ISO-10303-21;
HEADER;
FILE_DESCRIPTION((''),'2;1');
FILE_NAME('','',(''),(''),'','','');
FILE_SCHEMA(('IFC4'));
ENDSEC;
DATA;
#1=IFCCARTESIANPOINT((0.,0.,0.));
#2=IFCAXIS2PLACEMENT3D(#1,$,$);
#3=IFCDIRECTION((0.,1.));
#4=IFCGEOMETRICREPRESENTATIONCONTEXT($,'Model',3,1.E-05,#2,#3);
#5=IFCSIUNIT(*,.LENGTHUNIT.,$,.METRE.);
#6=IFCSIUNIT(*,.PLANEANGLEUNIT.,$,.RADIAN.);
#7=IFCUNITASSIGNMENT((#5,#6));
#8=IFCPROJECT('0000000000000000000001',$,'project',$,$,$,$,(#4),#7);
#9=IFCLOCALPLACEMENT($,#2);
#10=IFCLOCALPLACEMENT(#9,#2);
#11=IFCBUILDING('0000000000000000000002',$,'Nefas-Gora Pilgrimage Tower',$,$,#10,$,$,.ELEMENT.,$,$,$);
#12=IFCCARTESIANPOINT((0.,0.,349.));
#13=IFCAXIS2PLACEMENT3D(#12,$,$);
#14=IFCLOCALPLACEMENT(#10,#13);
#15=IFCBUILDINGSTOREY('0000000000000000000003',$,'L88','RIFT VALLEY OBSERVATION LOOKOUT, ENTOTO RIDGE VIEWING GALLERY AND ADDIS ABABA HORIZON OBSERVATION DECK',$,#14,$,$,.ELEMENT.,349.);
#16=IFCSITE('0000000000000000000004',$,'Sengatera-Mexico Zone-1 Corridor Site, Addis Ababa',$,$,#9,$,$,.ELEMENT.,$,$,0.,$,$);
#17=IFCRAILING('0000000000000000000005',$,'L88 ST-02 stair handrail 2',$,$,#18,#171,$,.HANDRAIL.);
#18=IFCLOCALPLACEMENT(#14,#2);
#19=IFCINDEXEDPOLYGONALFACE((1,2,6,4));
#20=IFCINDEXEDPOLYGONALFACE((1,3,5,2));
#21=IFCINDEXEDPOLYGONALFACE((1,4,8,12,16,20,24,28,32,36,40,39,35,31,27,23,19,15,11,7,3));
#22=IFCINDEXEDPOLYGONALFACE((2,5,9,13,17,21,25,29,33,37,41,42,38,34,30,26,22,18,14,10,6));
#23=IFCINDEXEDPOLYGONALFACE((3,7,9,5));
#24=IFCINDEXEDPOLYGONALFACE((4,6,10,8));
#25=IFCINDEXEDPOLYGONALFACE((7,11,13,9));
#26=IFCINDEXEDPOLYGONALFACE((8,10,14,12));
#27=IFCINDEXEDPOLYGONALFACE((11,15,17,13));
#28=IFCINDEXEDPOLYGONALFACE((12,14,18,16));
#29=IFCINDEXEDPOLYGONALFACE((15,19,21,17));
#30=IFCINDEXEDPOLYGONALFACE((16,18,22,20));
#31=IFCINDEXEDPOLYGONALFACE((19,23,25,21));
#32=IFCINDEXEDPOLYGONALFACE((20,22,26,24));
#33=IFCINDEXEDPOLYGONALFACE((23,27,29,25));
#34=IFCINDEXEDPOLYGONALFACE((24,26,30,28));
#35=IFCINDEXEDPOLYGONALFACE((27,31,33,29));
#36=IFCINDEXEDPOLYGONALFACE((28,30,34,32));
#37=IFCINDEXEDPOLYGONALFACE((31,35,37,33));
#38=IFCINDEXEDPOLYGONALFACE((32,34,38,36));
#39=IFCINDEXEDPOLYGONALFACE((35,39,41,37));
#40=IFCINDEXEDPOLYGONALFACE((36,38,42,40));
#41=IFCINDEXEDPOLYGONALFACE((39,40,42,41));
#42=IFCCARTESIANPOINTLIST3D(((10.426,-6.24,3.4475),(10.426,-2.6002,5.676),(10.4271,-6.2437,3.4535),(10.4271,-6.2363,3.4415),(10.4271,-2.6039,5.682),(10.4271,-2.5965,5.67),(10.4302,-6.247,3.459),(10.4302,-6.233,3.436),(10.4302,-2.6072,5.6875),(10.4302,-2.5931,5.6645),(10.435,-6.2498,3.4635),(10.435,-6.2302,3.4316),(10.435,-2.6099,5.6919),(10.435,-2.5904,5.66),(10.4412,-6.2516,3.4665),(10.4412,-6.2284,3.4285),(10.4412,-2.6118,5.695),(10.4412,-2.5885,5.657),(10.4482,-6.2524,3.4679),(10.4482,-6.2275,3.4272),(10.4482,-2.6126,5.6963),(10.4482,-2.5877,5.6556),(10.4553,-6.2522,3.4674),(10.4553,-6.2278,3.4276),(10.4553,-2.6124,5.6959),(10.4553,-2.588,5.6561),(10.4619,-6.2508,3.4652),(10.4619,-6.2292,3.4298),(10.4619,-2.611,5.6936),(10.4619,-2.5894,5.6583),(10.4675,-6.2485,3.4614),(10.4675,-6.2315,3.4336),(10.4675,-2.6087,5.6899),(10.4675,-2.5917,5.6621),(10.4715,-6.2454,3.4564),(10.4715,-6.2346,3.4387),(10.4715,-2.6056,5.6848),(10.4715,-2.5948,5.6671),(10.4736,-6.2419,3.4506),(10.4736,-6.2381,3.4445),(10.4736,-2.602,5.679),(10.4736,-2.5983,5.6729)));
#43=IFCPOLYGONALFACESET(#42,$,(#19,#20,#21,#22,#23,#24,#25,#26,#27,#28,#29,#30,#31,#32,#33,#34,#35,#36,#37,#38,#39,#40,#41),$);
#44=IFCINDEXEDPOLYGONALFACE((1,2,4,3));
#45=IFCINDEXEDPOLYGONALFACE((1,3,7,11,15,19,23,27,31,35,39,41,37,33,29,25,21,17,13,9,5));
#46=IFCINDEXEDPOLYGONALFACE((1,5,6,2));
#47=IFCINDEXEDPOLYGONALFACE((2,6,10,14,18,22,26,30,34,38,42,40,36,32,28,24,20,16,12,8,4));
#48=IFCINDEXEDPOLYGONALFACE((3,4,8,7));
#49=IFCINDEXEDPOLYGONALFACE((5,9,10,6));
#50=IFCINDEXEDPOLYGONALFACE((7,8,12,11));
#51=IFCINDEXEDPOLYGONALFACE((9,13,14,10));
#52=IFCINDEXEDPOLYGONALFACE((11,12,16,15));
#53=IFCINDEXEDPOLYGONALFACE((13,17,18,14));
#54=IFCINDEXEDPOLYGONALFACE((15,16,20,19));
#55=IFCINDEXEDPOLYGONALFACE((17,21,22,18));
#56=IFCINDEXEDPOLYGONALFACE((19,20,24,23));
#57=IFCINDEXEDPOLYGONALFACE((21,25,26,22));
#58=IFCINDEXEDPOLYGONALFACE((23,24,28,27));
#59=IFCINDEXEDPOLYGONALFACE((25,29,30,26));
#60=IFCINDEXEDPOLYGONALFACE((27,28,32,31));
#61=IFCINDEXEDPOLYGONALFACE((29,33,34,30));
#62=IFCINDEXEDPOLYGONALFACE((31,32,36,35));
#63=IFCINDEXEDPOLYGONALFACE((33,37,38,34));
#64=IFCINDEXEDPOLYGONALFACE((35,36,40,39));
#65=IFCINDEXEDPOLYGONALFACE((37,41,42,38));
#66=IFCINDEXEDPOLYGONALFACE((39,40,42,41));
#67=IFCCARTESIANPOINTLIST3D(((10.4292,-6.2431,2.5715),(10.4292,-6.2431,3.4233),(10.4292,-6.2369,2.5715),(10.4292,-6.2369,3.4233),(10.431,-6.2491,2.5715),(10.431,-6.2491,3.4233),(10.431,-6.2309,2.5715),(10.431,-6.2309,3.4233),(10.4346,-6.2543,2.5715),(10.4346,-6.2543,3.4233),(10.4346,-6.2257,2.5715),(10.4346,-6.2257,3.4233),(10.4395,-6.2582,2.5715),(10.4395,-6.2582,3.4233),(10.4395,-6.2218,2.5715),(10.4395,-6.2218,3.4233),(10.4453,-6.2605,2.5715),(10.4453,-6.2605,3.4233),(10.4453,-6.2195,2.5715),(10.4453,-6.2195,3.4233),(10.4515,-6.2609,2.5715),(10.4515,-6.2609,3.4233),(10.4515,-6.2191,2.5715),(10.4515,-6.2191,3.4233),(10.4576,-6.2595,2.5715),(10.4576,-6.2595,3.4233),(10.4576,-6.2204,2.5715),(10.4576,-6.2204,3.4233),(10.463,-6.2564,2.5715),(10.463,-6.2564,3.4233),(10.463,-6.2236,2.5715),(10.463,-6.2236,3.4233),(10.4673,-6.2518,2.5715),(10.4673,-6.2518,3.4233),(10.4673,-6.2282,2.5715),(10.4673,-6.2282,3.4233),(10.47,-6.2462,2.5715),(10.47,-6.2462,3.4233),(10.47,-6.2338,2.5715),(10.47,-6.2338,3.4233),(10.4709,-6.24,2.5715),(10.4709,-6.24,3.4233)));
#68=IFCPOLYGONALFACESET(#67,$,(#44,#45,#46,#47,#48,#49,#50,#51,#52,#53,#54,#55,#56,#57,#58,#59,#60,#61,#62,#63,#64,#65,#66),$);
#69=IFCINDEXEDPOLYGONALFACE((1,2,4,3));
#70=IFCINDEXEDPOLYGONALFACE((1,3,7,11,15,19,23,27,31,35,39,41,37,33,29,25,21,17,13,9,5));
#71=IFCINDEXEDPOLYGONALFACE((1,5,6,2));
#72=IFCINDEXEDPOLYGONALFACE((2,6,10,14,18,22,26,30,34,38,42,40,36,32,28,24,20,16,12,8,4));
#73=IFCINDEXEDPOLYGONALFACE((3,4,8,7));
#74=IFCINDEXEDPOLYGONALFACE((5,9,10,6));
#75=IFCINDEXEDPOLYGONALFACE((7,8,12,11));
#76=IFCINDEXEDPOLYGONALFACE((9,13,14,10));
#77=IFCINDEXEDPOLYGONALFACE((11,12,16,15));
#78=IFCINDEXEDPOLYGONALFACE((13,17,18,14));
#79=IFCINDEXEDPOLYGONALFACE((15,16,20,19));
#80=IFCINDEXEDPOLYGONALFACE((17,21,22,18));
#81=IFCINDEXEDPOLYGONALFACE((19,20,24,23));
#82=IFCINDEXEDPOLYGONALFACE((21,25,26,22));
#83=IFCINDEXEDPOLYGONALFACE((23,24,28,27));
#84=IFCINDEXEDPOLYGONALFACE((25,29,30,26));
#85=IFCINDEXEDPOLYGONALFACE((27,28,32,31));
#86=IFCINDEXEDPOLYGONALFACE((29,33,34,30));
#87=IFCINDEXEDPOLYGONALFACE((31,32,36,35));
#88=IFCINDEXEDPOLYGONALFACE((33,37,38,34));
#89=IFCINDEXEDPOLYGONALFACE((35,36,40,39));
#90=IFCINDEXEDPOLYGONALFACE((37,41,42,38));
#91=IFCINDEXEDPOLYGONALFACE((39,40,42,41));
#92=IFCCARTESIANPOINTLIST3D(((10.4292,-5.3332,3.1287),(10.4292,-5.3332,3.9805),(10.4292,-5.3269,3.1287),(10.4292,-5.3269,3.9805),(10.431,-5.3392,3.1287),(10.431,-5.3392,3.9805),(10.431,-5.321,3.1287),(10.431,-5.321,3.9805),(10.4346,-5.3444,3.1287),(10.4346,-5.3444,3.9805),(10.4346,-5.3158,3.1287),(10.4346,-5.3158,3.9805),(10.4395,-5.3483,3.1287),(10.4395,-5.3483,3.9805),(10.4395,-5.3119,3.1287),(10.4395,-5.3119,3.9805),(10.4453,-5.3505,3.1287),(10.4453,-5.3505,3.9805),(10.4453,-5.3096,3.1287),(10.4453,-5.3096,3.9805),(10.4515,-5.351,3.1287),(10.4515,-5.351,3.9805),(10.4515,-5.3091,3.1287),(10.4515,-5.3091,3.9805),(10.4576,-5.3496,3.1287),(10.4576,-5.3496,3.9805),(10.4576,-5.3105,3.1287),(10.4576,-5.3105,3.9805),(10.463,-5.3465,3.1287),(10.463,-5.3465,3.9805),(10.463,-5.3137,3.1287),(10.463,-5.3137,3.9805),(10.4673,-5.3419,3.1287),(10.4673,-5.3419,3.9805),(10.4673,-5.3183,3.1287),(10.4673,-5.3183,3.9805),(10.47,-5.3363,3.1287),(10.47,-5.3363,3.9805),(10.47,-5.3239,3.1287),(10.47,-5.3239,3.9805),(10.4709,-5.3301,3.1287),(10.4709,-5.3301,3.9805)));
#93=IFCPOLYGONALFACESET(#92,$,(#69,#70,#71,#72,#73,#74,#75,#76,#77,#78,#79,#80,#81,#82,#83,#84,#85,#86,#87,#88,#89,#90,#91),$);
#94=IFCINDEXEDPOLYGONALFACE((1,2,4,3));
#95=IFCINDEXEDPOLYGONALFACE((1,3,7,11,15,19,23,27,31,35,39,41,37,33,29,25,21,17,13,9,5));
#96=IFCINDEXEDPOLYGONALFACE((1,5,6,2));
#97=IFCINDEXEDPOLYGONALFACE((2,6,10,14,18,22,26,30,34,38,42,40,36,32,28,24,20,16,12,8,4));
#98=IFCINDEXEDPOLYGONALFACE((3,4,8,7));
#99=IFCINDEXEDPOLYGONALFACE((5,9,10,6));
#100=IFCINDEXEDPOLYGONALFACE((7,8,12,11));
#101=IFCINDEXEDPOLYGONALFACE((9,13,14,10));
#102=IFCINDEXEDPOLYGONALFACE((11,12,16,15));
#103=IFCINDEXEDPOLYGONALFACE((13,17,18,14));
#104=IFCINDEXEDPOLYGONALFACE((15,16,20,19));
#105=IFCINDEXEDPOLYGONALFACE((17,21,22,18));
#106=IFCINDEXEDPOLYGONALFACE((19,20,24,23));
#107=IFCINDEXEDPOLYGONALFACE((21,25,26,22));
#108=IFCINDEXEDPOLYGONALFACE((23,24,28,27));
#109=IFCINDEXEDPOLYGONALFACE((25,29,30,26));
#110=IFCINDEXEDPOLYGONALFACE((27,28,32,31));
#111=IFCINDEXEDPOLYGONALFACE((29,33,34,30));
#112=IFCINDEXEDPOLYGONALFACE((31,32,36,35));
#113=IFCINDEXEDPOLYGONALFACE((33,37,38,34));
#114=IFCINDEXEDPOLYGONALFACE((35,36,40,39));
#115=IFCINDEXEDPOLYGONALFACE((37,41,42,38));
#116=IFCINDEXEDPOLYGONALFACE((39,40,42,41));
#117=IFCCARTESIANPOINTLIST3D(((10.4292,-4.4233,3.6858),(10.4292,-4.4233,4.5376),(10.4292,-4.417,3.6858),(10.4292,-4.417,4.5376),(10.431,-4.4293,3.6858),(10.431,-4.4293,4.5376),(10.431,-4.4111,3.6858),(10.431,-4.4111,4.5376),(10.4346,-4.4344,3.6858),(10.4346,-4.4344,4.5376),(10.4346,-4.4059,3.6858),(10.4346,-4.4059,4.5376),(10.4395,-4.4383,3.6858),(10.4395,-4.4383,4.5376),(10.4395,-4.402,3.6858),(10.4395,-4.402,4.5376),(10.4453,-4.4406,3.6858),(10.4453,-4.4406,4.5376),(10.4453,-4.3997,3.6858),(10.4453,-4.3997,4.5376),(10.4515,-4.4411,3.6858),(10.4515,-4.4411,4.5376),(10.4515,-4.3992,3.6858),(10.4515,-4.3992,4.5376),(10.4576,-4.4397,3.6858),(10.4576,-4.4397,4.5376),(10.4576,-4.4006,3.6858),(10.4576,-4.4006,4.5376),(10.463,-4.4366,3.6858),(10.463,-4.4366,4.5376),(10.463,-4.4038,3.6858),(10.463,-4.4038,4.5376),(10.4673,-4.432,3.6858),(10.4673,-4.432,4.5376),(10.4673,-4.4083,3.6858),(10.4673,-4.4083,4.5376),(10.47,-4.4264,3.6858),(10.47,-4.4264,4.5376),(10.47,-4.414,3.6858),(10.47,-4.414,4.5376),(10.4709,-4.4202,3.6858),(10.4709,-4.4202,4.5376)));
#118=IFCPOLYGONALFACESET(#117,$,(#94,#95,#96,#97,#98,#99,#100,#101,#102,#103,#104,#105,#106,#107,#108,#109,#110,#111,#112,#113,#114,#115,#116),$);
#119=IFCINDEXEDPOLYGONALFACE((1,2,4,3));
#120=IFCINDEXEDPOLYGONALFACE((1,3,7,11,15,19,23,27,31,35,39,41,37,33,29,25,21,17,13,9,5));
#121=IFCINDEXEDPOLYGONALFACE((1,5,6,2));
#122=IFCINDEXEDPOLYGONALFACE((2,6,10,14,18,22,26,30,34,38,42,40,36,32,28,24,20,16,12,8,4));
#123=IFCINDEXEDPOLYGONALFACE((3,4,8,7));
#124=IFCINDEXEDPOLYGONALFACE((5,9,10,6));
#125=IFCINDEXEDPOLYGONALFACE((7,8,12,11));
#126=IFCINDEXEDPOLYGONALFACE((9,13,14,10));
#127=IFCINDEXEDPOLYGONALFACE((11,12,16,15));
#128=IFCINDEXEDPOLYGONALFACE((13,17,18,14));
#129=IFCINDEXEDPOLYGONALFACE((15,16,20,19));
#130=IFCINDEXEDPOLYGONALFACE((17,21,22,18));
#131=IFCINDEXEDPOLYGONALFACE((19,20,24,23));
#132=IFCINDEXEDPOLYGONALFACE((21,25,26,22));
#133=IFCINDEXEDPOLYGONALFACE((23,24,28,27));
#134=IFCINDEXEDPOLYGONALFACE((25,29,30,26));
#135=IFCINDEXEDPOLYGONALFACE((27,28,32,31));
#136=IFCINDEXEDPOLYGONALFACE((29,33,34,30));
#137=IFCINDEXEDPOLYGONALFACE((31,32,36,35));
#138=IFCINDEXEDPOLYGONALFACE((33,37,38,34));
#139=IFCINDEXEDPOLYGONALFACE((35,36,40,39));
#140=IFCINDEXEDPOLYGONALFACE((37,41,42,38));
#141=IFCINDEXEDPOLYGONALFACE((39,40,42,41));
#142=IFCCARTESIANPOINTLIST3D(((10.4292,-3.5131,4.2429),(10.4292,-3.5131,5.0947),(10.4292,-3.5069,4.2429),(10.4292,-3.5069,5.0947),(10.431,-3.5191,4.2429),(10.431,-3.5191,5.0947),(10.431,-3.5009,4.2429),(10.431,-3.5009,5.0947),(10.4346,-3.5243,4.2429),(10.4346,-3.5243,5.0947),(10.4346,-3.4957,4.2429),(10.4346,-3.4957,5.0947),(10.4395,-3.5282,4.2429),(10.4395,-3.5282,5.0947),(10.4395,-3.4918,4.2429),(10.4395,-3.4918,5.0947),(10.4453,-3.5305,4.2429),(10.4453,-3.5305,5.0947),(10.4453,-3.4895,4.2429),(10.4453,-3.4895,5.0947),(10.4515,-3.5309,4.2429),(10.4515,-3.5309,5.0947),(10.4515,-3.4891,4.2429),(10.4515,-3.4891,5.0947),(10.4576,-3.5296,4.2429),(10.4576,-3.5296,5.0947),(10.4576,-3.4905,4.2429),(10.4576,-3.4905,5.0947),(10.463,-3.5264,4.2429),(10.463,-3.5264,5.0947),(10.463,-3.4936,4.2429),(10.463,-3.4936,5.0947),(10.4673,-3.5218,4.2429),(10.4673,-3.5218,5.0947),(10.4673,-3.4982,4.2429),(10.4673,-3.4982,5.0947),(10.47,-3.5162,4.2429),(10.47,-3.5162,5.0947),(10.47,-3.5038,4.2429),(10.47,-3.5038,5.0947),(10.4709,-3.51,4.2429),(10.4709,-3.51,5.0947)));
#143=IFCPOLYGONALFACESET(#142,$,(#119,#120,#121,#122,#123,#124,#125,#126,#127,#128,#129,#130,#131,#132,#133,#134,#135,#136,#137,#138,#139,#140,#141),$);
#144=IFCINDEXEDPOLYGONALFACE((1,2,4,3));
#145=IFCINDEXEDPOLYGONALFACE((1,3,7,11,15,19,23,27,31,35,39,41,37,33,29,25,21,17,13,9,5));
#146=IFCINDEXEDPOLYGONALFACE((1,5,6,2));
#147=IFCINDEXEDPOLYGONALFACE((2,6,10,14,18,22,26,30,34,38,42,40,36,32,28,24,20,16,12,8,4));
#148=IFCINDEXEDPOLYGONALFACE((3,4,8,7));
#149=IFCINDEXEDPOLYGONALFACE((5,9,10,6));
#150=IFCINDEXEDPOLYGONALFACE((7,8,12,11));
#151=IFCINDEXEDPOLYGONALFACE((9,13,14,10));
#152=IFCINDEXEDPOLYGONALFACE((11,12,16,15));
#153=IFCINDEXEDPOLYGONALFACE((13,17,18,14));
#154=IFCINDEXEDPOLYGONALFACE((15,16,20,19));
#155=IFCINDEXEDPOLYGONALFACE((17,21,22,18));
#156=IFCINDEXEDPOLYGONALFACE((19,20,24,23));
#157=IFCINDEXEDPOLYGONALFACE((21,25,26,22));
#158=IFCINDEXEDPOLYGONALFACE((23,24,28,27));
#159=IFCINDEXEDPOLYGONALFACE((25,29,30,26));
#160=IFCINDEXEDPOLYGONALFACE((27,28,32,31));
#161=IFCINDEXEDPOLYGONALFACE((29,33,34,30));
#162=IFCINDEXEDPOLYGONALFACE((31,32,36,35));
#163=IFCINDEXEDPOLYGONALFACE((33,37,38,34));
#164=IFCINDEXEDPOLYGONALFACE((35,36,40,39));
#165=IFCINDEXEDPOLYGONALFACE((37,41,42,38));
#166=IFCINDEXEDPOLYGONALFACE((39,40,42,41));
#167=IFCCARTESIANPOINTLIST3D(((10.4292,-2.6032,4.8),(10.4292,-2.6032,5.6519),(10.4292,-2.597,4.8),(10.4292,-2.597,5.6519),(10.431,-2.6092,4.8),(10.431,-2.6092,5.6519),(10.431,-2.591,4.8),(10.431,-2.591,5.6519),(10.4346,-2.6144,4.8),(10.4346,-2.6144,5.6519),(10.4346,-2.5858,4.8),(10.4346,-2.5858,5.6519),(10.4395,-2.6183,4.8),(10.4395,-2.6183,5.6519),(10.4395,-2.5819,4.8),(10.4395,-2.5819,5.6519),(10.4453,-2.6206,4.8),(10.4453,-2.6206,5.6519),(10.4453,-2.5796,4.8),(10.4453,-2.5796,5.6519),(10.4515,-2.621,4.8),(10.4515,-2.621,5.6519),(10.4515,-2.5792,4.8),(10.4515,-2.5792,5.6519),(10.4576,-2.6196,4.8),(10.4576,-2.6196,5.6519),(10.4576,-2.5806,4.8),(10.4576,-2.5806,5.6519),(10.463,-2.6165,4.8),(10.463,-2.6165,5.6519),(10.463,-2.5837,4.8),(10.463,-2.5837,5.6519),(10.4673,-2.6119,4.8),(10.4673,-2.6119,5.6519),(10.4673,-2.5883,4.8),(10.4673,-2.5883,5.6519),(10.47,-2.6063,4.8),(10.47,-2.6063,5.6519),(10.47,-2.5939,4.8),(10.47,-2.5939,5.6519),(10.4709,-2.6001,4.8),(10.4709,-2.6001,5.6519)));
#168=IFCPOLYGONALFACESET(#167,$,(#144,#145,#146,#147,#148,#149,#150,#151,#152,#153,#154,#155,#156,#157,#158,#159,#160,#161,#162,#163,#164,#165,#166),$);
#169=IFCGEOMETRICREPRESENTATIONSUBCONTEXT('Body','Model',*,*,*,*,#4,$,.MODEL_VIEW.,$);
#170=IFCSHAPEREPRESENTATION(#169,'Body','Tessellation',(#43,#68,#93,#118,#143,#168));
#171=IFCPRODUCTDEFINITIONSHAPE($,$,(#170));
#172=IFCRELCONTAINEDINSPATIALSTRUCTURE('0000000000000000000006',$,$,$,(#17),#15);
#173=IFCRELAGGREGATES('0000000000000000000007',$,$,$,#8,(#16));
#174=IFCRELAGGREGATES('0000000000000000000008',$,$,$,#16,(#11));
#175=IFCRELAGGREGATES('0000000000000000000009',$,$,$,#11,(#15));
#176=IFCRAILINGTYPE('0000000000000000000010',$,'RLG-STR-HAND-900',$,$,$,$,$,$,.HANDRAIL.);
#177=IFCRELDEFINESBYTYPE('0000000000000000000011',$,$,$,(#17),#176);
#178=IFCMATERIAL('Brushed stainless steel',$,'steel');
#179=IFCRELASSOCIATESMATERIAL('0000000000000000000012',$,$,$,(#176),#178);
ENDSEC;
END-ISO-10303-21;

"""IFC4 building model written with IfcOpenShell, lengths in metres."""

from ifc_helpers import new_model, si_unit, direction, frame, origin, origin_2d, place, context, subcontext, project, spatial, circle, extrude, material, type_object, element, save


model = new_model("IFC4")

# Units and contexts
model_context = context("Model", 3, precision=1e-05, world=origin(), true_north=direction((0.0, 1.0)))
body_context = subcontext(model_context, "Body", "Model", "MODEL_VIEW")
ifc_project = project(units=[si_unit("LENGTHUNIT", "METRE"), si_unit("PLANEANGLEUNIT", "RADIAN")], contexts=[model_context])

# Site, building, storey
site_placement = place(None, origin())
site = spatial("IfcSite", under=ifc_project, at=site_placement, Name="Sengatera-Mexico Zone-1 Corridor Site, Addis Ababa", CompositionType="ELEMENT", RefElevation=0.0)
building_placement = place(site_placement, origin())
building = spatial("IfcBuilding", under=site, at=building_placement, Name="Nefas-Gora Pilgrimage Tower", CompositionType="ELEMENT")
storey_placement = place(building_placement, frame((0.0, 0.0, 349.0)))
storey = spatial("IfcBuildingStorey", under=building, at=storey_placement, Name="L88", Description="RIFT VALLEY OBSERVATION LOOKOUT, ENTOTO RIDGE VIEWING GALLERY AND ADDIS ABABA HORIZON OBSERVATION DECK", CompositionType="ELEMENT", Elevation=349.0)

# Railing
ifc_material_1 = material(Name="Brushed stainless steel", Category="steel")
railing_type_1 = type_object("IfcRailingType", Name="RLG-STR-HAND-900", PredefinedType="HANDRAIL", material=ifc_material_1)
railing_1_placement = place(storey_placement, frame((10.45, -6.24, 2.5715)))
element("IfcRailing", 1, at=railing_1_placement, inside=storey, type_object=railing_type_1, Name="L88 ST-02 stair handrail 2", PredefinedType="HANDRAIL", context=body_context, shape_type="SweptSolid", body=[
    extrude(circle(Radius=0.0239, at=origin_2d()), frame((0.0, 0.0, 0.876), z_axis=(0.0, 0.85285, 0.522156), x_axis=(-1.0, 0.0, 0.0)), (0.0, 0.0, 1.0), 4.2678),
    extrude(circle(Radius=0.021, at=origin_2d()), origin(), (0.0, 0.0, 1.0), 0.8518),
    extrude(circle(Radius=0.021, at=origin_2d()), frame((0.0, 0.9099, 0.5571)), (0.0, 0.0, 1.0), 0.8518),
    extrude(circle(Radius=0.021, at=origin_2d()), frame((0.0, 1.8198, 1.1143)), (0.0, 0.0, 1.0), 0.8518),
    extrude(circle(Radius=0.021, at=origin_2d()), frame((0.0, 2.73, 1.6714)), (0.0, 0.0, 1.0), 0.8518),
    extrude(circle(Radius=0.021, at=origin_2d()), frame((0.0, 3.6399, 2.2285)), (0.0, 0.0, 1.0), 0.8518),
])

save(model, "model.ifc")
